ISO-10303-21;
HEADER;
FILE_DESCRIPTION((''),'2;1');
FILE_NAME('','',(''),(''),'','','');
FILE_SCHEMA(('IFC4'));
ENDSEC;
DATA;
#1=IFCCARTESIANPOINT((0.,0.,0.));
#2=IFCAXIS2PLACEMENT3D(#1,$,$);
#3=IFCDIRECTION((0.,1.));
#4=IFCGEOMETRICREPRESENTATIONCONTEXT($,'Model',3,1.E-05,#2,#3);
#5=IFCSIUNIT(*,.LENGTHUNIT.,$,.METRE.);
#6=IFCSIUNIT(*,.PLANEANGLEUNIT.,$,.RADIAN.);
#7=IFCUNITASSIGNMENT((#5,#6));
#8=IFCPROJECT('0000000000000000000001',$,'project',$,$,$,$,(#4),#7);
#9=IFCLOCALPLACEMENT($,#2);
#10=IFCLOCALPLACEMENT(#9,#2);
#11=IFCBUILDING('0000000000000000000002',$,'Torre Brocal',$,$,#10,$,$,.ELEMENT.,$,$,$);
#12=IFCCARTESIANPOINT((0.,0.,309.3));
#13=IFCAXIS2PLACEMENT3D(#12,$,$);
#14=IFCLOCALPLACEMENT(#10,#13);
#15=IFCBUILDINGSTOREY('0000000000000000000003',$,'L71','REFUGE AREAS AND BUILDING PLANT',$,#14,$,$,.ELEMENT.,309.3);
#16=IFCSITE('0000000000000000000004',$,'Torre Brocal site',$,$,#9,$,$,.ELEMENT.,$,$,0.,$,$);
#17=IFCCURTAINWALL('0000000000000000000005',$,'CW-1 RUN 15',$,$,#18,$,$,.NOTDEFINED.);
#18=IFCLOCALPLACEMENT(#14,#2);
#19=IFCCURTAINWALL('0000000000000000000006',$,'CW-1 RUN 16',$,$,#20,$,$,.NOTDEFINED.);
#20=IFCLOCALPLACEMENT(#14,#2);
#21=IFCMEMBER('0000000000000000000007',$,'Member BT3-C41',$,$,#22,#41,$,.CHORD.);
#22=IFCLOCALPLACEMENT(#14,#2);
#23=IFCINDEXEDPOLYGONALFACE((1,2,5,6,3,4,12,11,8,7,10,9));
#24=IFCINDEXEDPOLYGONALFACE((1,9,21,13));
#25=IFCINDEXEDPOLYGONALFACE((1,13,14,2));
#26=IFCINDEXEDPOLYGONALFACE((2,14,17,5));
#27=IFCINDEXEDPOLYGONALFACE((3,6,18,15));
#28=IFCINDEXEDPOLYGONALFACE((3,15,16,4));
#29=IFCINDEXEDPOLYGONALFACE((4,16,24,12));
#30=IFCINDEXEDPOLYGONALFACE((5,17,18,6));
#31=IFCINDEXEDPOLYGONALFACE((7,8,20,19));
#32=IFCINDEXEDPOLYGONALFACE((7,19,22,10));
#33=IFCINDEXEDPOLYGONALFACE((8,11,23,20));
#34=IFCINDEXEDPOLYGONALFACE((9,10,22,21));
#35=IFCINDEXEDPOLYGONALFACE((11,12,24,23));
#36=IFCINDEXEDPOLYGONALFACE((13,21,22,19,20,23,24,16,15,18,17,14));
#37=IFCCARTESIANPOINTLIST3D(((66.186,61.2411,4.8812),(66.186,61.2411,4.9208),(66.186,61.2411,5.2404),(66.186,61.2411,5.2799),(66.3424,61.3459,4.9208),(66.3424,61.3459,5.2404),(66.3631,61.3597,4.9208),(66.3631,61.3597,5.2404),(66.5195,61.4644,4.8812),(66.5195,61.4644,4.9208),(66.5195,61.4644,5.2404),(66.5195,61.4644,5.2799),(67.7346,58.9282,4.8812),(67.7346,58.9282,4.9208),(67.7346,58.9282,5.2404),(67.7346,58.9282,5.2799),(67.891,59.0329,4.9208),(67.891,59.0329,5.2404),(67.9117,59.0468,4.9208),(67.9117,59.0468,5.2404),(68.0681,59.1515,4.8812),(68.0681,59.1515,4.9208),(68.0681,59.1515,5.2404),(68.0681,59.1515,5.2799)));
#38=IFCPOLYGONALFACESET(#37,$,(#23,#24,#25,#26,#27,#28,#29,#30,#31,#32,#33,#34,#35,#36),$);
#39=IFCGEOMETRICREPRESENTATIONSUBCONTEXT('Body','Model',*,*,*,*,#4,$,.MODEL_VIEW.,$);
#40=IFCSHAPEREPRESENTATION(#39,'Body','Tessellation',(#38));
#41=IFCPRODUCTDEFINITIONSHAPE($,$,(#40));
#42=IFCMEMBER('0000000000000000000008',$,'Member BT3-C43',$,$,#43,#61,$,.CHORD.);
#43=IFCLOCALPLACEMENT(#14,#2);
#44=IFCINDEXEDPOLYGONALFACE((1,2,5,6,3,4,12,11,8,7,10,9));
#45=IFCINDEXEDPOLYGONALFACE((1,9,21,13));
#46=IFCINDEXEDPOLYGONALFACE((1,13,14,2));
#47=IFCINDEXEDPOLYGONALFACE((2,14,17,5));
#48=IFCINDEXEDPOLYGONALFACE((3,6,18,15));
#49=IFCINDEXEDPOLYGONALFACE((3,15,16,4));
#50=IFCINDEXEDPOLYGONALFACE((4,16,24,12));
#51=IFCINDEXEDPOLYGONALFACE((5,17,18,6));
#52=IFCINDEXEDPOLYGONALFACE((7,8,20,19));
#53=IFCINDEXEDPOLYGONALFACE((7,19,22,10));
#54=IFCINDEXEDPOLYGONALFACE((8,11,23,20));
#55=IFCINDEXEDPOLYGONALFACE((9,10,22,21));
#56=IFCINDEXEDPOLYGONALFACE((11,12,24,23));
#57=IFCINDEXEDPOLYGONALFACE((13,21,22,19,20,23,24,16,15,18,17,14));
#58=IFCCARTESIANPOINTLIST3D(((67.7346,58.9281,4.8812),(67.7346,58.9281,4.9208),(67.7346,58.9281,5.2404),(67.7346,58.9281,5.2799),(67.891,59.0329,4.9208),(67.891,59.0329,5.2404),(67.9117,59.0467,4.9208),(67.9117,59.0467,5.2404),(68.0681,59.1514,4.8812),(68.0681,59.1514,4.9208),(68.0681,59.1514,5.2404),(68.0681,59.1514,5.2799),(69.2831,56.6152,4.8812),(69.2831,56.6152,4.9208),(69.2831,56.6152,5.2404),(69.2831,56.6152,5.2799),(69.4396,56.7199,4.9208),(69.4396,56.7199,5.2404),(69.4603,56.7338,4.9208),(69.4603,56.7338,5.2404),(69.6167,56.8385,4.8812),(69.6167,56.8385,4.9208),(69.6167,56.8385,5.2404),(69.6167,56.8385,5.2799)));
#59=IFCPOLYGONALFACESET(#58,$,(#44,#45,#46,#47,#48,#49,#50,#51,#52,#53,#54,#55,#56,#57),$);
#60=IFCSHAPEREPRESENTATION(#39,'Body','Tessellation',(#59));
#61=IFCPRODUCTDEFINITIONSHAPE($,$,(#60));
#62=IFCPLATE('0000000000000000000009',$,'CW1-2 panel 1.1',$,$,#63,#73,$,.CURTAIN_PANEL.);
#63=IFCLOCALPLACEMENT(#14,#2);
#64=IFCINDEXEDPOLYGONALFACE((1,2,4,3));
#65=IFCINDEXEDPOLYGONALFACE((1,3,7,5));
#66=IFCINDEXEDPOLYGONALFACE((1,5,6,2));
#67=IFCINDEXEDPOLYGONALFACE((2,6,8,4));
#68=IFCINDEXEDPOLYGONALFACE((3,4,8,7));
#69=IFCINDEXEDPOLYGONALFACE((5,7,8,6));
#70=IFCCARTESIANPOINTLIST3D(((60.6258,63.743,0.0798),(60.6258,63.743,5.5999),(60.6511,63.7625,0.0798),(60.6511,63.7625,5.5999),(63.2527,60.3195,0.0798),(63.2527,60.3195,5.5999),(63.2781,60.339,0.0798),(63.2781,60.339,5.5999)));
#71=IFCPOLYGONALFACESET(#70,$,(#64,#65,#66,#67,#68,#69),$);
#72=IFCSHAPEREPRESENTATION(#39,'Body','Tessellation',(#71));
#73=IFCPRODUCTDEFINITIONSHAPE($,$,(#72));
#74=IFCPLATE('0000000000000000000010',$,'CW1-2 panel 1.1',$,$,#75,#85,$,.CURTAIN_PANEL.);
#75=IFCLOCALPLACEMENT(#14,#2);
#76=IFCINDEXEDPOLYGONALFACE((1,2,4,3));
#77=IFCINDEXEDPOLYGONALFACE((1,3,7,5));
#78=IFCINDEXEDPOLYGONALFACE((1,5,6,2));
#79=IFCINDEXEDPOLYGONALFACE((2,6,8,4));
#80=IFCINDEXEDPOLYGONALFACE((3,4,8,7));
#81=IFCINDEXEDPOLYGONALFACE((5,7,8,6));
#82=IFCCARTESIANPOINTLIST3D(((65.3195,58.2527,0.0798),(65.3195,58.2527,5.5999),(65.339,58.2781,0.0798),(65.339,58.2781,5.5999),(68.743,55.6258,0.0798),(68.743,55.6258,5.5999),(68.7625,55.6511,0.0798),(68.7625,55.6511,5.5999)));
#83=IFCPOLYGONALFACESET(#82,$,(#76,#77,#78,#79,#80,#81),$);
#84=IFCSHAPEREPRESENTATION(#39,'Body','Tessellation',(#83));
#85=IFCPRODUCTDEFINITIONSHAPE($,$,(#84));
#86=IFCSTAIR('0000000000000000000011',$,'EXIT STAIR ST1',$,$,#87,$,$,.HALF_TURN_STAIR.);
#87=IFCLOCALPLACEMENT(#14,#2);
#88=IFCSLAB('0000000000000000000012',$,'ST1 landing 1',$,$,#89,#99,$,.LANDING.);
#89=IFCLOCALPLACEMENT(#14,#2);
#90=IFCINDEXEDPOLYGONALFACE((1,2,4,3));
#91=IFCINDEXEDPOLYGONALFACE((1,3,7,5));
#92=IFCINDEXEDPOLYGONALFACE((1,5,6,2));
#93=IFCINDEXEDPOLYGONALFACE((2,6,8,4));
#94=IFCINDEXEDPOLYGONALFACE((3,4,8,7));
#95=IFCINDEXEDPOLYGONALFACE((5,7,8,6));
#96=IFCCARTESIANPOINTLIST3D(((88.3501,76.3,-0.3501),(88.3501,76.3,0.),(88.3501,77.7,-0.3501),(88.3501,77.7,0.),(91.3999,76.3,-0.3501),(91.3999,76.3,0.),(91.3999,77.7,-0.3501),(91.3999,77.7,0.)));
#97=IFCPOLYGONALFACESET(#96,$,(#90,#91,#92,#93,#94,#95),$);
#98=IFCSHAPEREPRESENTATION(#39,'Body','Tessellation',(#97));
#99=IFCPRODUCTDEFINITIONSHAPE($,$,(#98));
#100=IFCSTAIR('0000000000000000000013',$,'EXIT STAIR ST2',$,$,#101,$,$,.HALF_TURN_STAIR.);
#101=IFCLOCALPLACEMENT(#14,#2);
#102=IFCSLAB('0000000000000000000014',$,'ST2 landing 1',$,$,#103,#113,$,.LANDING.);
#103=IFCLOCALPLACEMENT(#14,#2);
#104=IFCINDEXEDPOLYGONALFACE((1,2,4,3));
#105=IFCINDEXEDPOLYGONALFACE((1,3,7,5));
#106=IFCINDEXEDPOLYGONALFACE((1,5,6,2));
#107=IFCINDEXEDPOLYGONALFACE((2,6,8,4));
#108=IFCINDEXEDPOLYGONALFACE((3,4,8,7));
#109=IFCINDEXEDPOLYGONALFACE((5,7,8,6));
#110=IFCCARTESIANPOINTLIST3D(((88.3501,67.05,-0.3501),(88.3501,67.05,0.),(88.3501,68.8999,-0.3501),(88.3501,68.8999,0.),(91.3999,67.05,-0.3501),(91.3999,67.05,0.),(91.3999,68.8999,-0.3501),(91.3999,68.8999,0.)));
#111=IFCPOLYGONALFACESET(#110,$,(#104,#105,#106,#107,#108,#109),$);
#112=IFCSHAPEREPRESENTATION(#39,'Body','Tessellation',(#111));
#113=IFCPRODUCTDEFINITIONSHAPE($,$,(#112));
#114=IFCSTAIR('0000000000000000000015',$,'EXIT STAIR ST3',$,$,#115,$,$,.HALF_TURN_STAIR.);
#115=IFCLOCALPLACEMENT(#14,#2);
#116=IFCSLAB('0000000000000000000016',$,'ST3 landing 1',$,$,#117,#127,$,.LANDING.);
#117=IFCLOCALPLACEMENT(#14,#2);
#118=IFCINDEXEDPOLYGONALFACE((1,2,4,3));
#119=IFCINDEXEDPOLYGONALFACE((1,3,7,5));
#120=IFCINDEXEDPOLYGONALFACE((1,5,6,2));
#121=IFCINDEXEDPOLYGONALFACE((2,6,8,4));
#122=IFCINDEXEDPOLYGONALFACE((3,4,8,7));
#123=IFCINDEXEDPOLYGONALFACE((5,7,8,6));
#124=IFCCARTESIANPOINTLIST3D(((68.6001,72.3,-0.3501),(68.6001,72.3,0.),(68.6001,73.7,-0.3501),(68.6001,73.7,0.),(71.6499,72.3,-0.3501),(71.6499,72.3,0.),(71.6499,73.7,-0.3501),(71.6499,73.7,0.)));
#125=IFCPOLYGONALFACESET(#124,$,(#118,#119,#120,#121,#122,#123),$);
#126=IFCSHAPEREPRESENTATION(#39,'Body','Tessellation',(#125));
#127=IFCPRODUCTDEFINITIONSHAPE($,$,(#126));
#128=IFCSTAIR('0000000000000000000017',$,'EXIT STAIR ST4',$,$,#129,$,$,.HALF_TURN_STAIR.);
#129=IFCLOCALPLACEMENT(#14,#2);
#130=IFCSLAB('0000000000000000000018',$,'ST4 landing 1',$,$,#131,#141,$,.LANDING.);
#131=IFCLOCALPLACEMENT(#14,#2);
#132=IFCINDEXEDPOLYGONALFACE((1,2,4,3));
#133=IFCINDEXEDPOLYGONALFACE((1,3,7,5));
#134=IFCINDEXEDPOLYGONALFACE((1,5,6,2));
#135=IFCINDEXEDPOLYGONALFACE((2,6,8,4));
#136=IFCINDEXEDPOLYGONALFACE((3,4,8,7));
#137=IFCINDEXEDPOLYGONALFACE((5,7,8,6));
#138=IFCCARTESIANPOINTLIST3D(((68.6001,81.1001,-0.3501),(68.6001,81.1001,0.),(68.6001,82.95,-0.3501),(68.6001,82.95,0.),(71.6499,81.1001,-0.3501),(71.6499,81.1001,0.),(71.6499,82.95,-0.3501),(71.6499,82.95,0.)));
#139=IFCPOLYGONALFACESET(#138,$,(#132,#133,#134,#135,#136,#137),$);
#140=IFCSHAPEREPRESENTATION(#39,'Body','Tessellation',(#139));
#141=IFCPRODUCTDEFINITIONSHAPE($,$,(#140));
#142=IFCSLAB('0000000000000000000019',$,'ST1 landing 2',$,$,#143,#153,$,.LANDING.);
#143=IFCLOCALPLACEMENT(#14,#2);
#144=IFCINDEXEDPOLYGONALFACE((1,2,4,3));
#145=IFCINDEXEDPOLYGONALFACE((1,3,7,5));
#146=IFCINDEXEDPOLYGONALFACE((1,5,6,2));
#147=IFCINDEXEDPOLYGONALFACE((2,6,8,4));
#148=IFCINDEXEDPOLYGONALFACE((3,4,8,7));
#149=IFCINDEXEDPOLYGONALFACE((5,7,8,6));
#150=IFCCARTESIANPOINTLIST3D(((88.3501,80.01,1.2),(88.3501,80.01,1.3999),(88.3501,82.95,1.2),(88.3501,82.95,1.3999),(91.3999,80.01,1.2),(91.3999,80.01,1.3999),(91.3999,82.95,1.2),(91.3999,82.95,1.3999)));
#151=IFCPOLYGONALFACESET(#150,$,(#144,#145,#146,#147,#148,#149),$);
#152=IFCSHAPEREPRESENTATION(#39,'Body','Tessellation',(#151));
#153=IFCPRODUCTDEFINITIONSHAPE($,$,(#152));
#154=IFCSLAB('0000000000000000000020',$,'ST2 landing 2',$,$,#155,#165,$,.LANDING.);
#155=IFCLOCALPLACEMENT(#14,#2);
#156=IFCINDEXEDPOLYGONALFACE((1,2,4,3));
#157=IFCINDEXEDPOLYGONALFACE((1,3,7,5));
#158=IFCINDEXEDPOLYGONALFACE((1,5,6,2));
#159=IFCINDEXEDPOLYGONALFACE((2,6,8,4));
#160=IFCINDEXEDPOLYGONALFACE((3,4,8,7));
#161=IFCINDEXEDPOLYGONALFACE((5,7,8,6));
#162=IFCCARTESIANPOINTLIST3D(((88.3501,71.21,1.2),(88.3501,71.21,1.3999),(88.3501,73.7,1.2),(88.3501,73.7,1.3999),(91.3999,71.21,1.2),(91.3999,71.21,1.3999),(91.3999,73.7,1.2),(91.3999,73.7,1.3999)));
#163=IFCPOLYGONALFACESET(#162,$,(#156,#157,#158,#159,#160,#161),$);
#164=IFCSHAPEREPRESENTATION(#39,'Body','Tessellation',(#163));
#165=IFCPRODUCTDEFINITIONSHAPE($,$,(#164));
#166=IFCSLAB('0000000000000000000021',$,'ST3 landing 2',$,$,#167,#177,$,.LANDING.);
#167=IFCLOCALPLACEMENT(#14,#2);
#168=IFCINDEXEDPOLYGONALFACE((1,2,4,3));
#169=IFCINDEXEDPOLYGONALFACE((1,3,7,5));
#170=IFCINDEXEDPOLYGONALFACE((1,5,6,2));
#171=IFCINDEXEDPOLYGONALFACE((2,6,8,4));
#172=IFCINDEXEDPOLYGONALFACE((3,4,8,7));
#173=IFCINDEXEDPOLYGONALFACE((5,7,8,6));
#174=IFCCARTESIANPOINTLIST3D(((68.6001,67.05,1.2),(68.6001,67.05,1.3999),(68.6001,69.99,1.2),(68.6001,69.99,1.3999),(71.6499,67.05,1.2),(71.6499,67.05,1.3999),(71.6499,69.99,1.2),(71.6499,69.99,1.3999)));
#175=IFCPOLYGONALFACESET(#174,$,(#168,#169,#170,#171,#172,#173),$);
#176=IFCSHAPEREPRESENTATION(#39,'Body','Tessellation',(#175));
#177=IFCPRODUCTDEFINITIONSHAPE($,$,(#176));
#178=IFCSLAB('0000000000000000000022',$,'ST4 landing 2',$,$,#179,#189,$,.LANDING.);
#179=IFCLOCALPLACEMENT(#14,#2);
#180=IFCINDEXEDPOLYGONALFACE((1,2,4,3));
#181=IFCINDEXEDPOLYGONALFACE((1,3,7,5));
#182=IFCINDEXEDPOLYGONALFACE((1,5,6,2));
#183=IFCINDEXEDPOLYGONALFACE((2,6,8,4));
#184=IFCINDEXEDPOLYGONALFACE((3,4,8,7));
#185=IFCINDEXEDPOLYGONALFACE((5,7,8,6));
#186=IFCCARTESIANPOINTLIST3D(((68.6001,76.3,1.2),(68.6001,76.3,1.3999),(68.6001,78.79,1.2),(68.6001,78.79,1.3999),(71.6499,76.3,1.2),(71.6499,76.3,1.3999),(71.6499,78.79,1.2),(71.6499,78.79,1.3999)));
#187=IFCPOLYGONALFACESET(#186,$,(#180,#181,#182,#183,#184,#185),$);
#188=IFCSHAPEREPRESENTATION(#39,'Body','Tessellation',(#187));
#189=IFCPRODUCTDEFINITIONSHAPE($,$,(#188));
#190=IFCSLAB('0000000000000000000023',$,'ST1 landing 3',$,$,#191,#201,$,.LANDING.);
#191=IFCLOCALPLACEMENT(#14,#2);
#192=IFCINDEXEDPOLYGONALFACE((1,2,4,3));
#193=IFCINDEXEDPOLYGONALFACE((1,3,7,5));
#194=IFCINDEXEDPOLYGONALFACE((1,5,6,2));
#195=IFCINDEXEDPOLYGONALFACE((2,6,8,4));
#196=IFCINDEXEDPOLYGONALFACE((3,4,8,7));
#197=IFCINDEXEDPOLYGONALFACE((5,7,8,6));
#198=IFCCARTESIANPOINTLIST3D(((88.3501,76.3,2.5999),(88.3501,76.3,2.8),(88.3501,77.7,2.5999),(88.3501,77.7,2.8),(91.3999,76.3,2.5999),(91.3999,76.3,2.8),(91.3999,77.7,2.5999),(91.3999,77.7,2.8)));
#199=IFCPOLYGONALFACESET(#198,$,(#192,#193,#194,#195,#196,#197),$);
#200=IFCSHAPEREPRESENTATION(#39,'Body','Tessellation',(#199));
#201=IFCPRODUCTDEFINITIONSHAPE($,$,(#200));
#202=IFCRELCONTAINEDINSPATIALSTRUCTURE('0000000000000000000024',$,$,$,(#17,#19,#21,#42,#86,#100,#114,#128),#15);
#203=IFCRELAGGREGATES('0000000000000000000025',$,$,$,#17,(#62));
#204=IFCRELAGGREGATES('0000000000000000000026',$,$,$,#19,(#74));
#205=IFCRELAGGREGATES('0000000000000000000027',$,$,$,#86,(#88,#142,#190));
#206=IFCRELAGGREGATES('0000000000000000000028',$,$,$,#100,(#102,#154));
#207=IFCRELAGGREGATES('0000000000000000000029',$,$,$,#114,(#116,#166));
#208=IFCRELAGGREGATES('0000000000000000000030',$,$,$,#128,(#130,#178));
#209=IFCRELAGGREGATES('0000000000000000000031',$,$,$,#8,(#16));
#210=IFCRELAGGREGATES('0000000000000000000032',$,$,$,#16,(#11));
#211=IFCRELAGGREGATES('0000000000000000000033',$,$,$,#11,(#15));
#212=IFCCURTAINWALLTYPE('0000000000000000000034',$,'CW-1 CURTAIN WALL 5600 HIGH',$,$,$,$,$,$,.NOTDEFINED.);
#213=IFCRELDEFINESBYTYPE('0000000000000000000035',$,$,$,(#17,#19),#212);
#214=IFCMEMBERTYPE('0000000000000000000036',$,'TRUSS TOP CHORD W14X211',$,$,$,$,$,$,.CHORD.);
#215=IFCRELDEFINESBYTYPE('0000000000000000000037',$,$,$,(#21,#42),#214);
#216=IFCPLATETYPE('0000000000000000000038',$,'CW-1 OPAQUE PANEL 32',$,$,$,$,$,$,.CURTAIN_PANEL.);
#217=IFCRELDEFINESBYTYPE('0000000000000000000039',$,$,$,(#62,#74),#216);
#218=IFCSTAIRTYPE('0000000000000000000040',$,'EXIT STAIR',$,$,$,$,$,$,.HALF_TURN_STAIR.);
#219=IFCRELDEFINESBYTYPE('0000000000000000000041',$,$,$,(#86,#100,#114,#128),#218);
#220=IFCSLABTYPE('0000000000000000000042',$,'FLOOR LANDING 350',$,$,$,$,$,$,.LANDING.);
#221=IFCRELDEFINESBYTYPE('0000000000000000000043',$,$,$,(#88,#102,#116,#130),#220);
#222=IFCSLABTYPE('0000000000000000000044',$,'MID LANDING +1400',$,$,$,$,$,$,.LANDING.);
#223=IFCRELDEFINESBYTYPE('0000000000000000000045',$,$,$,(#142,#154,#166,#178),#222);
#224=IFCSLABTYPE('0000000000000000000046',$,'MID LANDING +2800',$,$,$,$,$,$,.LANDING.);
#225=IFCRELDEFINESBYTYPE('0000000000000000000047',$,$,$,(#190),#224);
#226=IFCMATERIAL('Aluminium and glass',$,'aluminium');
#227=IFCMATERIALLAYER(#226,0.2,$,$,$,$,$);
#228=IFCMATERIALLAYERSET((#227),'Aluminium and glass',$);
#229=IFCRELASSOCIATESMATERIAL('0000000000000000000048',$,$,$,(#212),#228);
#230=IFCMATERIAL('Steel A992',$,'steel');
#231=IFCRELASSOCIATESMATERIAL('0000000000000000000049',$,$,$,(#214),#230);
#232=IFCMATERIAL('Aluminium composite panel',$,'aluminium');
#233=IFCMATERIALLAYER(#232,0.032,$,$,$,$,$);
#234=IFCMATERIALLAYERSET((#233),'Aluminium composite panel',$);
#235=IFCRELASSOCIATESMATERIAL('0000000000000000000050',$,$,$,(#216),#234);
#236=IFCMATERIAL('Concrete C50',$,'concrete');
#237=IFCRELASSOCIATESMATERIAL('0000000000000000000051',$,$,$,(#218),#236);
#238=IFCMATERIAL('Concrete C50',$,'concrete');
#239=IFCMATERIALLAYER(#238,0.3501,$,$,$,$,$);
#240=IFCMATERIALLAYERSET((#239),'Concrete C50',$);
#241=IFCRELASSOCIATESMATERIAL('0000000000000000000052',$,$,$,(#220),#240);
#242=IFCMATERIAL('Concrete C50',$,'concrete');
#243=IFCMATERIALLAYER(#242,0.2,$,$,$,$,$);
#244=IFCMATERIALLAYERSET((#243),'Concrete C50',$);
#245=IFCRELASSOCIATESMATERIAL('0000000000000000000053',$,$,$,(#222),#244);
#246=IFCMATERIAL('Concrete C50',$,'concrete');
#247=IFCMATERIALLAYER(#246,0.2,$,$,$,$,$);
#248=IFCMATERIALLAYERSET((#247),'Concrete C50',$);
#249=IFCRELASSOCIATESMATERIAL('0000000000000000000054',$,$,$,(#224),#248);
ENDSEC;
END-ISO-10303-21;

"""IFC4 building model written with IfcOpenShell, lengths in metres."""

from ifc_helpers import new_model, si_unit, direction, frame, origin, origin_2d, place, context, subcontext, project, spatial, polyline, rectangle, i_section, outline, extrude, material, layer, layer_set, material_profile, profile_set, type_object, element, aggregate, save


model = new_model("IFC4")

# Units and contexts
model_context = context("Model", 3, precision=1e-05, world=origin(), true_north=direction((0.0, 1.0)))
body_context = subcontext(model_context, "Body", "Model", "MODEL_VIEW")
ifc_project = project(units=[si_unit("LENGTHUNIT", "METRE"), si_unit("PLANEANGLEUNIT", "RADIAN")], contexts=[model_context])

# Site, building, storey
site_placement = place(None, origin())
site = spatial("IfcSite", under=ifc_project, at=site_placement, Name="Torre Brocal site", CompositionType="ELEMENT", RefElevation=0.0)
building_placement = place(site_placement, origin())
building = spatial("IfcBuilding", under=site, at=building_placement, Name="Torre Brocal", CompositionType="ELEMENT")
storey_placement = place(building_placement, frame((0.0, 0.0, 309.3)))
storey = spatial("IfcBuildingStorey", under=building, at=storey_placement, Name="L71", Description="REFUGE AREAS AND BUILDING PLANT", CompositionType="ELEMENT", Elevation=309.3)

# Curtain wall
ifc_material_1 = material(Name="Aluminium and glass", Category="aluminium")
ifc_layer_1 = layer(ifc_material_1, 0.2)
ifc_layer_set_1 = layer_set([ifc_layer_1], Name="Aluminium and glass")
curtain_wall_type = type_object("IfcCurtainWallType", Name="CW-1 CURTAIN WALL 5600 HIGH", PredefinedType="NOTDEFINED", material=ifc_layer_set_1)
curtain_wall_1_placement = place(storey_placement, origin())
curtain_wall_1 = element("IfcCurtainWall", 1, at=curtain_wall_1_placement, inside=storey, type_object=curtain_wall_type, Name="CW-1 RUN 15", PredefinedType="NOTDEFINED")

# Curtain wall
curtain_wall_2_placement = place(storey_placement, origin())
curtain_wall_2 = element("IfcCurtainWall", 2, at=curtain_wall_2_placement, inside=storey, type_object=curtain_wall_type, Name="CW-1 RUN 16", PredefinedType="NOTDEFINED")

# Members
ifc_material_2 = material(Name="Steel A992", Category="steel")
ifc_material_profile_1 = material_profile(ifc_material_2, i_section(OverallWidth=0.4014, OverallDepth=0.3987, WebThickness=0.0249, FlangeThickness=0.0396, at=origin_2d()), Name="W14X211")
ifc_profile_set_1 = profile_set([ifc_material_profile_1], Name="Steel A992")
member_type_1 = type_object("IfcMemberType", Name="TRUSS TOP CHORD W14X211", PredefinedType="CHORD", material=ifc_profile_set_1)
for number, where, z_axis, x_axis, name in (
    (3, (66.3528, 61.3528, 5.0806), (0.556339, -0.830956, 0.0), (0.830956, 0.556339, 0.0), "Member BT3-C41"),
    (4, (67.9014, 59.0398, 5.0806), (0.556339, -0.830956, 0.0), (0.830956, 0.556339, 0.0), "Member BT3-C43"),
):
    element("IfcMember", number, at=place(storey_placement, frame(where, z_axis=z_axis, x_axis=x_axis)), inside=storey, type_object=member_type_1, Name=name, PredefinedType="CHORD", context=body_context, shape_type="SweptSolid", body=[
        extrude(i_section(OverallWidth=0.4014, OverallDepth=0.3987, WebThickness=0.0249, FlangeThickness=0.0396, at=origin_2d()), origin(), (0.0, 0.0, 1.0), 2.7834),
    ])

# Plates
ifc_material_3 = material(Name="Aluminium composite panel", Category="aluminium")
ifc_layer_2 = layer(ifc_material_3, 0.032)
ifc_layer_set_2 = layer_set([ifc_layer_2], Name="Aluminium composite panel")
plate_type = type_object("IfcPlateType", Name="CW-1 OPAQUE PANEL 32", PredefinedType="CURTAIN_PANEL", material=ifc_layer_set_2)
plate_1_placement = place(storey_placement, frame((61.9519, 62.041, 0.0798), z_axis=(0.0, 0.0, 1.0), x_axis=(0.608761, -0.793353, 0.0)))
plate_1 = element("IfcPlate", 5, at=plate_1_placement, type_object=plate_type, Name="CW1-2 panel 1.1", PredefinedType="CURTAIN_PANEL", context=body_context, shape_type="SweptSolid", body=[
    extrude(rectangle(XDim=4.3152, YDim=0.032, at=origin_2d()), origin(), (0.0, 0.0, 1.0), 5.52),
])
aggregate(curtain_wall_1, [plate_1])
plate_2_placement = place(storey_placement, frame((67.041, 56.9519, 0.0798), z_axis=(0.0, 0.0, 1.0), x_axis=(0.793353, -0.608761, 0.0)))
plate_2 = element("IfcPlate", 6, at=plate_2_placement, type_object=plate_type, Name="CW1-2 panel 1.1", PredefinedType="CURTAIN_PANEL", context=body_context, shape_type="SweptSolid", body=[
    extrude(rectangle(XDim=4.3152, YDim=0.032, at=origin_2d()), origin(), (0.0, 0.0, 1.0), 5.52),
])
aggregate(curtain_wall_2, [plate_2])

# Stairs, slabs
ifc_material_4 = material(Name="Concrete C50", Category="concrete")
stair_type = type_object("IfcStairType", Name="EXIT STAIR", PredefinedType="HALF_TURN_STAIR", material=ifc_material_4)
stair_1_placement = place(storey_placement, origin())
stair_1 = element("IfcStair", 7, at=stair_1_placement, inside=storey, type_object=stair_type, Name="EXIT STAIR ST1", PredefinedType="HALF_TURN_STAIR")
ifc_material_5 = material(Name="Concrete C50", Category="concrete")
ifc_layer_3 = layer(ifc_material_5, 0.3501)
ifc_layer_set_3 = layer_set([ifc_layer_3], Name="Concrete C50")
slab_type_1 = type_object("IfcSlabType", Name="FLOOR LANDING 350", PredefinedType="LANDING", material=ifc_layer_set_3)
slab_1_placement = place(storey_placement, frame((0.0, 0.0, -0.3501)))
slab_1 = element("IfcSlab", 8, at=slab_1_placement, type_object=slab_type_1, Name="ST1 landing 1", PredefinedType="LANDING", context=body_context, shape_type="SweptSolid", body=[
    extrude(outline(polyline([(88.3501, 76.3), (91.3999, 76.3), (91.3999, 77.7), (88.3501, 77.7), (88.3501, 76.3)])), origin(), (0.0, 0.0, 1.0), 0.3501),
])
stair_2_placement = place(storey_placement, origin())
stair_2 = element("IfcStair", 9, at=stair_2_placement, inside=storey, type_object=stair_type, Name="EXIT STAIR ST2", PredefinedType="HALF_TURN_STAIR")
slab_2_placement = place(storey_placement, frame((0.0, 0.0, -0.3501)))
slab_2 = element("IfcSlab", 10, at=slab_2_placement, type_object=slab_type_1, Name="ST2 landing 1", PredefinedType="LANDING", context=body_context, shape_type="SweptSolid", body=[
    extrude(outline(polyline([(88.3501, 67.05), (91.3999, 67.05), (91.3999, 68.8999), (88.3501, 68.8999), (88.3501, 67.05)])), origin(), (0.0, 0.0, 1.0), 0.3501),
])
stair_3_placement = place(storey_placement, origin())
stair_3 = element("IfcStair", 11, at=stair_3_placement, inside=storey, type_object=stair_type, Name="EXIT STAIR ST3", PredefinedType="HALF_TURN_STAIR")
slab_3_placement = place(storey_placement, frame((0.0, 0.0, -0.3501)))
slab_3 = element("IfcSlab", 12, at=slab_3_placement, type_object=slab_type_1, Name="ST3 landing 1", PredefinedType="LANDING", context=body_context, shape_type="SweptSolid", body=[
    extrude(outline(polyline([(71.6499, 73.7), (68.6001, 73.7), (68.6001, 72.3), (71.6499, 72.3), (71.6499, 73.7)])), origin(), (0.0, 0.0, 1.0), 0.3501),
])
stair_4_placement = place(storey_placement, origin())
stair_4 = element("IfcStair", 13, at=stair_4_placement, inside=storey, type_object=stair_type, Name="EXIT STAIR ST4", PredefinedType="HALF_TURN_STAIR")
slab_4_placement = place(storey_placement, frame((0.0, 0.0, -0.3501)))
slab_4 = element("IfcSlab", 14, at=slab_4_placement, type_object=slab_type_1, Name="ST4 landing 1", PredefinedType="LANDING", context=body_context, shape_type="SweptSolid", body=[
    extrude(outline(polyline([(71.6499, 82.95), (68.6001, 82.95), (68.6001, 81.1001), (71.6499, 81.1001), (71.6499, 82.95)])), origin(), (0.0, 0.0, 1.0), 0.3501),
])

# Slabs
ifc_material_6 = material(Name="Concrete C50", Category="concrete")
ifc_layer_4 = layer(ifc_material_6, 0.2)
ifc_layer_set_4 = layer_set([ifc_layer_4], Name="Concrete C50")
slab_type_2 = type_object("IfcSlabType", Name="MID LANDING +1400", PredefinedType="LANDING", material=ifc_layer_set_4)
slab_5_placement = place(storey_placement, frame((0.0, 0.0, 1.2)))
slab_5 = element("IfcSlab", 15, at=slab_5_placement, type_object=slab_type_2, Name="ST1 landing 2", PredefinedType="LANDING", context=body_context, shape_type="SweptSolid", body=[
    extrude(outline(polyline([(88.3501, 80.01), (91.3999, 80.01), (91.3999, 82.95), (88.3501, 82.95), (88.3501, 80.01)])), origin(), (0.0, 0.0, 1.0), 0.2),
])
slab_6_placement = place(storey_placement, frame((0.0, 0.0, 1.2)))
slab_6 = element("IfcSlab", 16, at=slab_6_placement, type_object=slab_type_2, Name="ST2 landing 2", PredefinedType="LANDING", context=body_context, shape_type="SweptSolid", body=[
    extrude(outline(polyline([(88.3501, 71.21), (91.3999, 71.21), (91.3999, 73.7), (88.3501, 73.7), (88.3501, 71.21)])), origin(), (0.0, 0.0, 1.0), 0.2),
])
slab_7_placement = place(storey_placement, frame((0.0, 0.0, 1.2)))
slab_7 = element("IfcSlab", 17, at=slab_7_placement, type_object=slab_type_2, Name="ST3 landing 2", PredefinedType="LANDING", context=body_context, shape_type="SweptSolid", body=[
    extrude(outline(polyline([(71.6499, 69.99), (68.6001, 69.99), (68.6001, 67.05), (71.6499, 67.05), (71.6499, 69.99)])), origin(), (0.0, 0.0, 1.0), 0.2),
])
slab_8_placement = place(storey_placement, frame((0.0, 0.0, 1.2)))
slab_8 = element("IfcSlab", 18, at=slab_8_placement, type_object=slab_type_2, Name="ST4 landing 2", PredefinedType="LANDING", context=body_context, shape_type="SweptSolid", body=[
    extrude(outline(polyline([(71.6499, 78.79), (68.6001, 78.79), (68.6001, 76.3), (71.6499, 76.3), (71.6499, 78.79)])), origin(), (0.0, 0.0, 1.0), 0.2),
])
ifc_material_7 = material(Name="Concrete C50", Category="concrete")
ifc_layer_5 = layer(ifc_material_7, 0.2)
ifc_layer_set_5 = layer_set([ifc_layer_5], Name="Concrete C50")
slab_type_3 = type_object("IfcSlabType", Name="MID LANDING +2800", PredefinedType="LANDING", material=ifc_layer_set_5)
slab_9_placement = place(storey_placement, frame((0.0, 0.0, 2.5999)))
slab_9 = element("IfcSlab", 19, at=slab_9_placement, type_object=slab_type_3, Name="ST1 landing 3", PredefinedType="LANDING", context=body_context, shape_type="SweptSolid", body=[
    extrude(outline(polyline([(88.3501, 76.3), (91.3999, 76.3), (91.3999, 77.7), (88.3501, 77.7), (88.3501, 76.3)])), origin(), (0.0, 0.0, 1.0), 0.2002),
])
aggregate(stair_1, [slab_1, slab_5, slab_9])
aggregate(stair_2, [slab_2, slab_6])
aggregate(stair_3, [slab_3, slab_7])
aggregate(stair_4, [slab_4, slab_8])

save(model, "model.ifc")
